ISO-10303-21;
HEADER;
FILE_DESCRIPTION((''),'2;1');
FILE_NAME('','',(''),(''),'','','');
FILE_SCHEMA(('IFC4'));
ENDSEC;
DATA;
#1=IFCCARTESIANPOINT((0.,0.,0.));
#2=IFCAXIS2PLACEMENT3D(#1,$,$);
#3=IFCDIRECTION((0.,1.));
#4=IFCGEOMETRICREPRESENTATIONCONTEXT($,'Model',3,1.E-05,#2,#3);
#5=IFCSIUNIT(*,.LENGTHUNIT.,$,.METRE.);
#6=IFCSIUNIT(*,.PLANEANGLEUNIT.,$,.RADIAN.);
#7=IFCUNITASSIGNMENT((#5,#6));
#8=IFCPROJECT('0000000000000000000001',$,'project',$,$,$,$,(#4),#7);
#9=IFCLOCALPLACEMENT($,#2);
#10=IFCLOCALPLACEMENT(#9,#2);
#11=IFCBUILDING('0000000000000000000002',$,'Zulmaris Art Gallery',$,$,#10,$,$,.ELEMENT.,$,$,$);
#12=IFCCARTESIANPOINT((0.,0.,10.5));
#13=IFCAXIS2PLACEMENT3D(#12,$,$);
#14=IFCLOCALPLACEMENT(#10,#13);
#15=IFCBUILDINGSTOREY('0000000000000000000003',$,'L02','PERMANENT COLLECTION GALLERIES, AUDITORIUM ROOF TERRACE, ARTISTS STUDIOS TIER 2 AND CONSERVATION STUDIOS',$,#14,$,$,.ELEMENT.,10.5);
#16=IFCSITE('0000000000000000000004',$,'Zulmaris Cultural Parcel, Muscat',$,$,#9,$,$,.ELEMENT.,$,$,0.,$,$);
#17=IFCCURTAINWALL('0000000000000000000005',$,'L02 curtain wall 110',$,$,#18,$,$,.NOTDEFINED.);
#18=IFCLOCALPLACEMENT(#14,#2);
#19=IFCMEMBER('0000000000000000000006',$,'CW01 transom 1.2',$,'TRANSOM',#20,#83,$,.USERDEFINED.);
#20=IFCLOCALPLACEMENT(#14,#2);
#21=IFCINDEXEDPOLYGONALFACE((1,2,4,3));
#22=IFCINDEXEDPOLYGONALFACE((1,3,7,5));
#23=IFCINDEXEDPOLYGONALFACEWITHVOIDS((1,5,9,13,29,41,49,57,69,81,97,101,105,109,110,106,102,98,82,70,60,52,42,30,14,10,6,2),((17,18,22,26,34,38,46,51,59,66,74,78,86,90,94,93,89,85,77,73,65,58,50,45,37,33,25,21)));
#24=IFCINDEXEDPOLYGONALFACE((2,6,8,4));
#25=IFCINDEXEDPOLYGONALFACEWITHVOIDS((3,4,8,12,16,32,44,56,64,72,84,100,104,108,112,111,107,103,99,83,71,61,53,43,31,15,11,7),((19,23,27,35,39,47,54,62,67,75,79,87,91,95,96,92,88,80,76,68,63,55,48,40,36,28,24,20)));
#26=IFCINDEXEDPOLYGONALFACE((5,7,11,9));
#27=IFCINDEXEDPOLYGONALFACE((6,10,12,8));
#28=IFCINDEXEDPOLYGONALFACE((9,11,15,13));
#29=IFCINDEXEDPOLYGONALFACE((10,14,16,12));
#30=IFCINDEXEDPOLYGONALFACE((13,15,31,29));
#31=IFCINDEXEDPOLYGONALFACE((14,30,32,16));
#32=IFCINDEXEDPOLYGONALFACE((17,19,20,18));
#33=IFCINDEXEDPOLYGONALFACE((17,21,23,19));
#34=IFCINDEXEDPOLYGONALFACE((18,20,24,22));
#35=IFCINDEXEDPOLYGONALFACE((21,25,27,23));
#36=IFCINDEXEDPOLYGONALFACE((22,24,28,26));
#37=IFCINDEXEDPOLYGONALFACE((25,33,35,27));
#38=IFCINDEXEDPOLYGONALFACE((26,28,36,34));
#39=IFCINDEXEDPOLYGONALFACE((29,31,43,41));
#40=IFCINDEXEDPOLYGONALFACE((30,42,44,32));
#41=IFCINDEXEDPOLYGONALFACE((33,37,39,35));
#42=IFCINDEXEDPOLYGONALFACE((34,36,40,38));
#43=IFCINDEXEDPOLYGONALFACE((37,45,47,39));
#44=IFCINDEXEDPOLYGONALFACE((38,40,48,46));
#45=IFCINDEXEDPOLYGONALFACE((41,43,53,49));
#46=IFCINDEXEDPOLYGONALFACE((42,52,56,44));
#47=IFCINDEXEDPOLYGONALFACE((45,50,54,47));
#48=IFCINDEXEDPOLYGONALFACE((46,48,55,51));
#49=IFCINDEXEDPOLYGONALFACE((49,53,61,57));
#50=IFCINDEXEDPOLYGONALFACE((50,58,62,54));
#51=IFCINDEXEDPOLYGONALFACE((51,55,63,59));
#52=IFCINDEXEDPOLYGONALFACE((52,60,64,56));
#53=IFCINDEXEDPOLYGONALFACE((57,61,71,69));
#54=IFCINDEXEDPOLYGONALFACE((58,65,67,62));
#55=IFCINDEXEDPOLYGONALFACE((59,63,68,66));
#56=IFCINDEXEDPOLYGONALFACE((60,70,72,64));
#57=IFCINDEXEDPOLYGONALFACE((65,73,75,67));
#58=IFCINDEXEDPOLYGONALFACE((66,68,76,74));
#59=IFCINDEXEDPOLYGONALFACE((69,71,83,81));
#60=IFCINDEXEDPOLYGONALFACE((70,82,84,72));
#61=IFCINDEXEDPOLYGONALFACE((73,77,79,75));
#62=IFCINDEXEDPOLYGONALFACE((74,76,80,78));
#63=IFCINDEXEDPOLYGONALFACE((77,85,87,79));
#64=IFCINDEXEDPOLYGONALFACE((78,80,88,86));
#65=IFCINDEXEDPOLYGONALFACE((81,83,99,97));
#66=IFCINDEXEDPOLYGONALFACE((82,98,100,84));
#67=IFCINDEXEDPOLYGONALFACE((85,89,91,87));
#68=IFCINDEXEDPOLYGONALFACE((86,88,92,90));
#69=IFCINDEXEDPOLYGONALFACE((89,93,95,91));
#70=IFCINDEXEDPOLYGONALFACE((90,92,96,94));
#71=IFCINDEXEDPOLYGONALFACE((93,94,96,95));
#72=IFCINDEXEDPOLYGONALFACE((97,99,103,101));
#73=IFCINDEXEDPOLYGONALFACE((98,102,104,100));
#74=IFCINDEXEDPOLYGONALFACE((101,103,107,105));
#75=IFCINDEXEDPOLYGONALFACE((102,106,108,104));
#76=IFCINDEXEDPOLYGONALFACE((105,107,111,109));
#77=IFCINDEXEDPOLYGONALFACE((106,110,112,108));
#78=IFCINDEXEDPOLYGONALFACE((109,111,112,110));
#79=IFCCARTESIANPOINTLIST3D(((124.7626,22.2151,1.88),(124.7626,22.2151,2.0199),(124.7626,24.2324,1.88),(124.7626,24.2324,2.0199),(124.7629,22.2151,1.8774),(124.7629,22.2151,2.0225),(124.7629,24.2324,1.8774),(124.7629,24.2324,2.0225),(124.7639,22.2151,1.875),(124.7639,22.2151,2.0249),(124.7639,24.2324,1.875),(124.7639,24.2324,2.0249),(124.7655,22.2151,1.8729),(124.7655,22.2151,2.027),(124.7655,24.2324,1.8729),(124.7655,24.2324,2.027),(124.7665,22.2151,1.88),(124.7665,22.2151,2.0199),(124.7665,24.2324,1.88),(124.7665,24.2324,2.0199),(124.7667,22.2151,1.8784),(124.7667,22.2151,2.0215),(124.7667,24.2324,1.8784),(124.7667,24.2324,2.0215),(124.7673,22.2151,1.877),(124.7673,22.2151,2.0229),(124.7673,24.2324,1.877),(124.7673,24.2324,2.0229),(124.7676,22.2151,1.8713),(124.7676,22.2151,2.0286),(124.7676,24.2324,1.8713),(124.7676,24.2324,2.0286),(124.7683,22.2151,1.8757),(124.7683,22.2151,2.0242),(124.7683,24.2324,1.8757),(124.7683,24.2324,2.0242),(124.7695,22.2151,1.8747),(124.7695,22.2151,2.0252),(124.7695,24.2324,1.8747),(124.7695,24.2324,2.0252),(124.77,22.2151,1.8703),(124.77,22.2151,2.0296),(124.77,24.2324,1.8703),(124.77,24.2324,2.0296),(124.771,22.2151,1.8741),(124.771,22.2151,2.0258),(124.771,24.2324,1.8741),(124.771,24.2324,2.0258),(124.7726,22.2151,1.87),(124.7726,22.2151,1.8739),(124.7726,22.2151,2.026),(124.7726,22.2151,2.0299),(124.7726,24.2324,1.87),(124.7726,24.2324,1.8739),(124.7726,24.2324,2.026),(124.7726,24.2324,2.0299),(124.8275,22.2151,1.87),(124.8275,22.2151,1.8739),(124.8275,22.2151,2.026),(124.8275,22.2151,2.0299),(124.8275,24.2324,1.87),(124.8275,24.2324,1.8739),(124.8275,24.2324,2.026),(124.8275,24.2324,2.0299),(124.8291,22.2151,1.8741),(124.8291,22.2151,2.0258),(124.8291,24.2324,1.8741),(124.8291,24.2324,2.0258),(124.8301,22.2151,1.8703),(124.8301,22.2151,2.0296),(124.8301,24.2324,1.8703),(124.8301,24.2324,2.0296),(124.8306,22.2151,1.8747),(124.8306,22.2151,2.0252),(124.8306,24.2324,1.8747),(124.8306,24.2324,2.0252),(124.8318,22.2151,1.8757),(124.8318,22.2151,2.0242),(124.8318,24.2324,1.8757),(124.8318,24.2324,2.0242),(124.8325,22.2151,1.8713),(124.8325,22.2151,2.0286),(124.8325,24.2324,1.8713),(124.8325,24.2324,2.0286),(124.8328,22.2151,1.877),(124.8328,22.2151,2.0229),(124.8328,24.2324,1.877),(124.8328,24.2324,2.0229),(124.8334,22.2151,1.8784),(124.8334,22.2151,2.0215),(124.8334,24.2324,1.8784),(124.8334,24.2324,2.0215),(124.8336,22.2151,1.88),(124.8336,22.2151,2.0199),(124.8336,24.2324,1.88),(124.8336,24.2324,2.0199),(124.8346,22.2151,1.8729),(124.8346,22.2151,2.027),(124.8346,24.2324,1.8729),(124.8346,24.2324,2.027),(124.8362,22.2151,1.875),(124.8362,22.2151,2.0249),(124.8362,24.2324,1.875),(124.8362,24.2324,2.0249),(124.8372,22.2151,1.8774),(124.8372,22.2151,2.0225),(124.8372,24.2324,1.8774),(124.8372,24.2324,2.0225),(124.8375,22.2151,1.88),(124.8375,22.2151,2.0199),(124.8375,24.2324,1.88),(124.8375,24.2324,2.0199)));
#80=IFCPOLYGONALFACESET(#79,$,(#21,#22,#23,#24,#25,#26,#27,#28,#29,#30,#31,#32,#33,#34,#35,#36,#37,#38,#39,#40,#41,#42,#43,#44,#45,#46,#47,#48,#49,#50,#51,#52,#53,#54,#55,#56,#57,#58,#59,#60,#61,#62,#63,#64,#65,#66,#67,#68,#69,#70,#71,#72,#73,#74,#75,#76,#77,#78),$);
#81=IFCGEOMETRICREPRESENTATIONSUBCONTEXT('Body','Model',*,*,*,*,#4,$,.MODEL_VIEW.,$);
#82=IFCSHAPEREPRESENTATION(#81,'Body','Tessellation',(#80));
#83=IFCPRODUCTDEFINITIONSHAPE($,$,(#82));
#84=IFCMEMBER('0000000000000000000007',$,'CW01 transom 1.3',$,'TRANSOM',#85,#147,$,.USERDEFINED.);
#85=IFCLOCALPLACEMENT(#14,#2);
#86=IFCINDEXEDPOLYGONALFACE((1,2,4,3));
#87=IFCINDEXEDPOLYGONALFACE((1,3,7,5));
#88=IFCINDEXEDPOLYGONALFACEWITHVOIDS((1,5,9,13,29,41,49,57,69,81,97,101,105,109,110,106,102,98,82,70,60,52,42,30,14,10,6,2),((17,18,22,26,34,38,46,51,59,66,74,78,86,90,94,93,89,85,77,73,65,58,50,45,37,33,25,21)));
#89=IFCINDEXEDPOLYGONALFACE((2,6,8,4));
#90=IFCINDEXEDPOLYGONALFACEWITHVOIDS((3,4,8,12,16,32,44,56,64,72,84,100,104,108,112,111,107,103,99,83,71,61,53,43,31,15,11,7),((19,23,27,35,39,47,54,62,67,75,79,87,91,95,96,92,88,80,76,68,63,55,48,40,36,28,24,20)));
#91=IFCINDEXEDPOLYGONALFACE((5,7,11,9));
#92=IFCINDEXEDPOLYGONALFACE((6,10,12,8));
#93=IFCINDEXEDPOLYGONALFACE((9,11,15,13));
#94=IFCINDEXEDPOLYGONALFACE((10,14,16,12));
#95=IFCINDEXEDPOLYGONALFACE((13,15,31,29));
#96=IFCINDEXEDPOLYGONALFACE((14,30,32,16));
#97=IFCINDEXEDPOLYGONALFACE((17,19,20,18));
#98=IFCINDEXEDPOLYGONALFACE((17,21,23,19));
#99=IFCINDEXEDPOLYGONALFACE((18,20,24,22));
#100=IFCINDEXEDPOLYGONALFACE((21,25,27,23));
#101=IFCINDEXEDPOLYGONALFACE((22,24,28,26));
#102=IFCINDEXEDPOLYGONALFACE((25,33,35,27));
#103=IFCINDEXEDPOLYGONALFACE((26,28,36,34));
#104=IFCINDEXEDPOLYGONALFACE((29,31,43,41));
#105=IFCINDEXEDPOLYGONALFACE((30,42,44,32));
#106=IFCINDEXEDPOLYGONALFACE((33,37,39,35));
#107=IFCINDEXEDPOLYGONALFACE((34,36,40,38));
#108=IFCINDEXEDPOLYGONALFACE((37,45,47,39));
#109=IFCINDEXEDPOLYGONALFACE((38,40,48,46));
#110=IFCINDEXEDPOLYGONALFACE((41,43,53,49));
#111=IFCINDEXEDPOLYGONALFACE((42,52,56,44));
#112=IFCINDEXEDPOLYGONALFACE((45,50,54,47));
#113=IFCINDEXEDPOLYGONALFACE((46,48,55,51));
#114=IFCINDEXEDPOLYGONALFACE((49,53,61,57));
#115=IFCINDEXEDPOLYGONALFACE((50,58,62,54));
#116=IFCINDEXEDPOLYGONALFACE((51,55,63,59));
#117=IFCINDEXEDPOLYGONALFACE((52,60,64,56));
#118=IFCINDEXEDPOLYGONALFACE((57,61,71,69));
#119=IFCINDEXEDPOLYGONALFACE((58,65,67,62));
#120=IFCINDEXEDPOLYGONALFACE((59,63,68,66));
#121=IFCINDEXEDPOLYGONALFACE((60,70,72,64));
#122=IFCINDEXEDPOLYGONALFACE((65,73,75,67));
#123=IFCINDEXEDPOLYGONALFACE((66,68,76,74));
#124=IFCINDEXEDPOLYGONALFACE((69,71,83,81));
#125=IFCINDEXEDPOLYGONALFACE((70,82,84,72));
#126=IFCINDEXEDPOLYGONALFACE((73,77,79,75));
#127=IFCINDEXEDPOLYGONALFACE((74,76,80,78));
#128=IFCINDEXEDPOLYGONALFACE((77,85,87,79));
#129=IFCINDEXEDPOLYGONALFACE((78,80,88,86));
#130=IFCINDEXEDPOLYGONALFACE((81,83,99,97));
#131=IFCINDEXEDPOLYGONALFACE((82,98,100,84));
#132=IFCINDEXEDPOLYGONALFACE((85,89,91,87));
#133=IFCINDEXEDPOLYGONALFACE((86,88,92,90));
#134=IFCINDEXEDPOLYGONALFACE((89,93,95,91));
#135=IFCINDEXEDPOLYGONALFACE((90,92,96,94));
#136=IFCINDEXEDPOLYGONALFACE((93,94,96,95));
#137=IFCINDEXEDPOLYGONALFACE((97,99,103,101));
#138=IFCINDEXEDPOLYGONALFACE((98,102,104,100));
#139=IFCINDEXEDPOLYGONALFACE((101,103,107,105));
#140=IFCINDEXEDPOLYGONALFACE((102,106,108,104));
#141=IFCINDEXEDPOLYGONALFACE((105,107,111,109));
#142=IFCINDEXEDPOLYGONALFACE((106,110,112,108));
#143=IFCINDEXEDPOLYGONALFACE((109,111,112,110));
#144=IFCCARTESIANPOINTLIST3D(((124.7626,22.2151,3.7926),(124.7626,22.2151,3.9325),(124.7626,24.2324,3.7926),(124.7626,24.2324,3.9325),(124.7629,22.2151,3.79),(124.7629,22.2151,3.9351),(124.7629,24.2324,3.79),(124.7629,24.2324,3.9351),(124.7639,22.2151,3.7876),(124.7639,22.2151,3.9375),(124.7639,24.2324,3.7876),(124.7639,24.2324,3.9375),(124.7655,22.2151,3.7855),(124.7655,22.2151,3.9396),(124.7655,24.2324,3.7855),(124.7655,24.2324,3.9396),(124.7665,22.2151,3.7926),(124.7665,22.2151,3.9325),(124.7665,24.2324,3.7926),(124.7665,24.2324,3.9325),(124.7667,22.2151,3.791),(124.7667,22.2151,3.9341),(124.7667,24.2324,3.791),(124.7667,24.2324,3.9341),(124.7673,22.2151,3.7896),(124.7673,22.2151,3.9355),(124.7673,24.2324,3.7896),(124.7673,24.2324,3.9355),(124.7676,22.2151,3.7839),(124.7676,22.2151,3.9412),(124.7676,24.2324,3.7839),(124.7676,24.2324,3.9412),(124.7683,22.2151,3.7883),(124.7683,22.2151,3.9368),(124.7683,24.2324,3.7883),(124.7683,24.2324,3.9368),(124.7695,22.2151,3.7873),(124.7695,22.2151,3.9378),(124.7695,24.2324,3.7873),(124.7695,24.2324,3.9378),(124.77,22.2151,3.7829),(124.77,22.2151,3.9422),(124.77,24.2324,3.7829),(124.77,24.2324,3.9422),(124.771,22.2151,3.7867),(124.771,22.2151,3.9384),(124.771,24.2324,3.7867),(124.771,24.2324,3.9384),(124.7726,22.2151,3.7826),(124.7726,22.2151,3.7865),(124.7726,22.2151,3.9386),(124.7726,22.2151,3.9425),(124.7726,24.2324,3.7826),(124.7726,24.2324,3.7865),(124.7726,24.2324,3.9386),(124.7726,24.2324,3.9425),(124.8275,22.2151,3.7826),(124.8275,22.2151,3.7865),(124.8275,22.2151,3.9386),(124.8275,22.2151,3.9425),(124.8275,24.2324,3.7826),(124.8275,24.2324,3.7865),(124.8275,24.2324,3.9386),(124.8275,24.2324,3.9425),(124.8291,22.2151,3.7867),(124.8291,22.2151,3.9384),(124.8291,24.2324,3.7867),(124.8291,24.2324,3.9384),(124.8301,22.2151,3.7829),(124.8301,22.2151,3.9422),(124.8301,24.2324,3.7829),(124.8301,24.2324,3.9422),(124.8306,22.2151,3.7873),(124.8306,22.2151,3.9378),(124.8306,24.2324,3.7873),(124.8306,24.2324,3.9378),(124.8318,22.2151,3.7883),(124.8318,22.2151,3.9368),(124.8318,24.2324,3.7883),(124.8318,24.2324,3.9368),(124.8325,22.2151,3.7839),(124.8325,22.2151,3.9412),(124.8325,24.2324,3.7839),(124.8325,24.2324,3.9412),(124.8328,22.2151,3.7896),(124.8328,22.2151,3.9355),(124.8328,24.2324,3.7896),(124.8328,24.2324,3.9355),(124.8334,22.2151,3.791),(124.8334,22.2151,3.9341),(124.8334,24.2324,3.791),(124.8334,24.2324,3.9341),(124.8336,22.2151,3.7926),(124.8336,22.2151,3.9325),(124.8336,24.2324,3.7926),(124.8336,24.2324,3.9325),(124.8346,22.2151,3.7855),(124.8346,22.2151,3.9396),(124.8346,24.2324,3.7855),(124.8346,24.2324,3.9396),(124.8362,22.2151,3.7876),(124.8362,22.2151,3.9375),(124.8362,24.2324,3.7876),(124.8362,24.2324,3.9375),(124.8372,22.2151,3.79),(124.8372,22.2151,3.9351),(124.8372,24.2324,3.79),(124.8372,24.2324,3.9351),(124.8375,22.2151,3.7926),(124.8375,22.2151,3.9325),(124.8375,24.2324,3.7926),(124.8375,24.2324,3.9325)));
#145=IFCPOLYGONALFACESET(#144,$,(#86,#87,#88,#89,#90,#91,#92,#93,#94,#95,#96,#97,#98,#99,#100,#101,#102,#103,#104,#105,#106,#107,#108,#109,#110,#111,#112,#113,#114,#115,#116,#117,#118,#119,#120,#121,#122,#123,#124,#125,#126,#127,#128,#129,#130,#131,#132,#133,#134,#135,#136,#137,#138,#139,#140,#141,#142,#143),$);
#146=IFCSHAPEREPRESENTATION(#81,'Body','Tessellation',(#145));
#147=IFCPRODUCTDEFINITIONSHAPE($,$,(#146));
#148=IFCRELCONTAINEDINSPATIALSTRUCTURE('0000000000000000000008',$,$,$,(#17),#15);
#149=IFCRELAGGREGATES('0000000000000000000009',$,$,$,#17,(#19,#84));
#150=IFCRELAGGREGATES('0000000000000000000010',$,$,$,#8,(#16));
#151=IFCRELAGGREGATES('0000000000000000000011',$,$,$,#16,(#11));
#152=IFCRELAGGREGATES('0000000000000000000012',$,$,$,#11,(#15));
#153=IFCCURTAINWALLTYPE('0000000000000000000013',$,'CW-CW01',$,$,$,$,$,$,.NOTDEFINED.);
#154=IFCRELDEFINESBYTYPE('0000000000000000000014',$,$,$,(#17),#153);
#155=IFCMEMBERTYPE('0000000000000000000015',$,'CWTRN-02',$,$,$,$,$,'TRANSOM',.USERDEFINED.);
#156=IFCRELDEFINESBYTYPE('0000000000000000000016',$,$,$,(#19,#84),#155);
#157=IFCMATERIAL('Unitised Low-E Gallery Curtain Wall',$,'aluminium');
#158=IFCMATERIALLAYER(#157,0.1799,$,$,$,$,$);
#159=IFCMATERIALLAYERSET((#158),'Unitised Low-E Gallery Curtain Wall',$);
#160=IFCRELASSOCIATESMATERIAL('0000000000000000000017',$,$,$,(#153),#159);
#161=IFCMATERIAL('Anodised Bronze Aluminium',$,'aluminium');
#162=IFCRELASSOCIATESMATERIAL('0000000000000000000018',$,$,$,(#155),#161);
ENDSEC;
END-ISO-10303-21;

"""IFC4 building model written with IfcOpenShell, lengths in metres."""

from ifc_helpers import new_model, si_unit, direction, frame, origin, origin_2d, place, context, subcontext, project, spatial, hollow_rectangle, extrude, material, layer, layer_set, material_profile, profile_set, type_object, element, aggregate, save


model = new_model("IFC4")

# Units and contexts
model_context = context("Model", 3, precision=1e-05, world=origin(), true_north=direction((0.0, 1.0)))
body_context = subcontext(model_context, "Body", "Model", "MODEL_VIEW")
ifc_project = project(units=[si_unit("LENGTHUNIT", "METRE"), si_unit("PLANEANGLEUNIT", "RADIAN")], contexts=[model_context])

# Site, building, storey
site_placement = place(None, origin())
site = spatial("IfcSite", under=ifc_project, at=site_placement, Name="Zulmaris Cultural Parcel, Muscat", CompositionType="ELEMENT", RefElevation=0.0)
building_placement = place(site_placement, origin())
building = spatial("IfcBuilding", under=site, at=building_placement, Name="Zulmaris Art Gallery", CompositionType="ELEMENT")
storey_placement = place(building_placement, frame((0.0, 0.0, 10.5)))
storey = spatial("IfcBuildingStorey", under=building, at=storey_placement, Name="L02", Description="PERMANENT COLLECTION GALLERIES, AUDITORIUM ROOF TERRACE, ARTISTS STUDIOS TIER 2 AND CONSERVATION STUDIOS", CompositionType="ELEMENT", Elevation=10.5)

# Curtain wall, members
ifc_material_1 = material(Name="Unitised Low-E Gallery Curtain Wall", Category="aluminium")
ifc_layer_1 = layer(ifc_material_1, 0.1799)
ifc_layer_set_1 = layer_set([ifc_layer_1], Name="Unitised Low-E Gallery Curtain Wall")
curtain_wall_type = type_object("IfcCurtainWallType", Name="CW-CW01", PredefinedType="NOTDEFINED", material=ifc_layer_set_1)
curtain_wall_placement = place(storey_placement, origin())
curtain_wall = element("IfcCurtainWall", 1, at=curtain_wall_placement, inside=storey, type_object=curtain_wall_type, Name="L02 curtain wall 110", PredefinedType="NOTDEFINED")
ifc_material_2 = material(Name="Anodised Bronze Aluminium", Category="aluminium")
ifc_material_profile_1 = material_profile(ifc_material_2, hollow_rectangle(XDim=0.075, YDim=0.1599, WallThickness=0.0039, InnerFilletRadius=0.0061, OuterFilletRadius=0.01, at=origin_2d()), Name="ALU 75x160x4")
ifc_profile_set_1 = profile_set([ifc_material_profile_1], Name="Anodised Bronze Aluminium")
member_type_1 = type_object("IfcMemberType", Name="CWTRN-02", ElementType="TRANSOM", PredefinedType="USERDEFINED", material=ifc_profile_set_1)
member_1_placement = place(storey_placement, frame((124.8, 22.2151, 1.95), z_axis=(0.0, 1.0, 0.0), x_axis=(-1.0, 0.0, 0.0)))
member_1 = element("IfcMember", 2, at=member_1_placement, type_object=member_type_1, Name="CW01 transom 1.2", ObjectType="TRANSOM", PredefinedType="USERDEFINED", context=body_context, shape_type="SweptSolid", body=[
    extrude(hollow_rectangle(XDim=0.075, YDim=0.1599, WallThickness=0.0039, InnerFilletRadius=0.0061, OuterFilletRadius=0.01, at=origin_2d()), origin(), (0.0, 0.0, 1.0), 2.0173),
])
member_2_placement = place(storey_placement, frame((124.8, 22.2151, 3.8625), z_axis=(0.0, 1.0, 0.0), x_axis=(-1.0, 0.0, 0.0)))
member_2 = element("IfcMember", 3, at=member_2_placement, type_object=member_type_1, Name="CW01 transom 1.3", ObjectType="TRANSOM", PredefinedType="USERDEFINED", context=body_context, shape_type="SweptSolid", body=[
    extrude(hollow_rectangle(XDim=0.075, YDim=0.1599, WallThickness=0.0039, InnerFilletRadius=0.0061, OuterFilletRadius=0.01, at=origin_2d()), origin(), (0.0, 0.0, 1.0), 2.0173),
])
aggregate(curtain_wall, [member_1, member_2])

save(model, "model.ifc")
